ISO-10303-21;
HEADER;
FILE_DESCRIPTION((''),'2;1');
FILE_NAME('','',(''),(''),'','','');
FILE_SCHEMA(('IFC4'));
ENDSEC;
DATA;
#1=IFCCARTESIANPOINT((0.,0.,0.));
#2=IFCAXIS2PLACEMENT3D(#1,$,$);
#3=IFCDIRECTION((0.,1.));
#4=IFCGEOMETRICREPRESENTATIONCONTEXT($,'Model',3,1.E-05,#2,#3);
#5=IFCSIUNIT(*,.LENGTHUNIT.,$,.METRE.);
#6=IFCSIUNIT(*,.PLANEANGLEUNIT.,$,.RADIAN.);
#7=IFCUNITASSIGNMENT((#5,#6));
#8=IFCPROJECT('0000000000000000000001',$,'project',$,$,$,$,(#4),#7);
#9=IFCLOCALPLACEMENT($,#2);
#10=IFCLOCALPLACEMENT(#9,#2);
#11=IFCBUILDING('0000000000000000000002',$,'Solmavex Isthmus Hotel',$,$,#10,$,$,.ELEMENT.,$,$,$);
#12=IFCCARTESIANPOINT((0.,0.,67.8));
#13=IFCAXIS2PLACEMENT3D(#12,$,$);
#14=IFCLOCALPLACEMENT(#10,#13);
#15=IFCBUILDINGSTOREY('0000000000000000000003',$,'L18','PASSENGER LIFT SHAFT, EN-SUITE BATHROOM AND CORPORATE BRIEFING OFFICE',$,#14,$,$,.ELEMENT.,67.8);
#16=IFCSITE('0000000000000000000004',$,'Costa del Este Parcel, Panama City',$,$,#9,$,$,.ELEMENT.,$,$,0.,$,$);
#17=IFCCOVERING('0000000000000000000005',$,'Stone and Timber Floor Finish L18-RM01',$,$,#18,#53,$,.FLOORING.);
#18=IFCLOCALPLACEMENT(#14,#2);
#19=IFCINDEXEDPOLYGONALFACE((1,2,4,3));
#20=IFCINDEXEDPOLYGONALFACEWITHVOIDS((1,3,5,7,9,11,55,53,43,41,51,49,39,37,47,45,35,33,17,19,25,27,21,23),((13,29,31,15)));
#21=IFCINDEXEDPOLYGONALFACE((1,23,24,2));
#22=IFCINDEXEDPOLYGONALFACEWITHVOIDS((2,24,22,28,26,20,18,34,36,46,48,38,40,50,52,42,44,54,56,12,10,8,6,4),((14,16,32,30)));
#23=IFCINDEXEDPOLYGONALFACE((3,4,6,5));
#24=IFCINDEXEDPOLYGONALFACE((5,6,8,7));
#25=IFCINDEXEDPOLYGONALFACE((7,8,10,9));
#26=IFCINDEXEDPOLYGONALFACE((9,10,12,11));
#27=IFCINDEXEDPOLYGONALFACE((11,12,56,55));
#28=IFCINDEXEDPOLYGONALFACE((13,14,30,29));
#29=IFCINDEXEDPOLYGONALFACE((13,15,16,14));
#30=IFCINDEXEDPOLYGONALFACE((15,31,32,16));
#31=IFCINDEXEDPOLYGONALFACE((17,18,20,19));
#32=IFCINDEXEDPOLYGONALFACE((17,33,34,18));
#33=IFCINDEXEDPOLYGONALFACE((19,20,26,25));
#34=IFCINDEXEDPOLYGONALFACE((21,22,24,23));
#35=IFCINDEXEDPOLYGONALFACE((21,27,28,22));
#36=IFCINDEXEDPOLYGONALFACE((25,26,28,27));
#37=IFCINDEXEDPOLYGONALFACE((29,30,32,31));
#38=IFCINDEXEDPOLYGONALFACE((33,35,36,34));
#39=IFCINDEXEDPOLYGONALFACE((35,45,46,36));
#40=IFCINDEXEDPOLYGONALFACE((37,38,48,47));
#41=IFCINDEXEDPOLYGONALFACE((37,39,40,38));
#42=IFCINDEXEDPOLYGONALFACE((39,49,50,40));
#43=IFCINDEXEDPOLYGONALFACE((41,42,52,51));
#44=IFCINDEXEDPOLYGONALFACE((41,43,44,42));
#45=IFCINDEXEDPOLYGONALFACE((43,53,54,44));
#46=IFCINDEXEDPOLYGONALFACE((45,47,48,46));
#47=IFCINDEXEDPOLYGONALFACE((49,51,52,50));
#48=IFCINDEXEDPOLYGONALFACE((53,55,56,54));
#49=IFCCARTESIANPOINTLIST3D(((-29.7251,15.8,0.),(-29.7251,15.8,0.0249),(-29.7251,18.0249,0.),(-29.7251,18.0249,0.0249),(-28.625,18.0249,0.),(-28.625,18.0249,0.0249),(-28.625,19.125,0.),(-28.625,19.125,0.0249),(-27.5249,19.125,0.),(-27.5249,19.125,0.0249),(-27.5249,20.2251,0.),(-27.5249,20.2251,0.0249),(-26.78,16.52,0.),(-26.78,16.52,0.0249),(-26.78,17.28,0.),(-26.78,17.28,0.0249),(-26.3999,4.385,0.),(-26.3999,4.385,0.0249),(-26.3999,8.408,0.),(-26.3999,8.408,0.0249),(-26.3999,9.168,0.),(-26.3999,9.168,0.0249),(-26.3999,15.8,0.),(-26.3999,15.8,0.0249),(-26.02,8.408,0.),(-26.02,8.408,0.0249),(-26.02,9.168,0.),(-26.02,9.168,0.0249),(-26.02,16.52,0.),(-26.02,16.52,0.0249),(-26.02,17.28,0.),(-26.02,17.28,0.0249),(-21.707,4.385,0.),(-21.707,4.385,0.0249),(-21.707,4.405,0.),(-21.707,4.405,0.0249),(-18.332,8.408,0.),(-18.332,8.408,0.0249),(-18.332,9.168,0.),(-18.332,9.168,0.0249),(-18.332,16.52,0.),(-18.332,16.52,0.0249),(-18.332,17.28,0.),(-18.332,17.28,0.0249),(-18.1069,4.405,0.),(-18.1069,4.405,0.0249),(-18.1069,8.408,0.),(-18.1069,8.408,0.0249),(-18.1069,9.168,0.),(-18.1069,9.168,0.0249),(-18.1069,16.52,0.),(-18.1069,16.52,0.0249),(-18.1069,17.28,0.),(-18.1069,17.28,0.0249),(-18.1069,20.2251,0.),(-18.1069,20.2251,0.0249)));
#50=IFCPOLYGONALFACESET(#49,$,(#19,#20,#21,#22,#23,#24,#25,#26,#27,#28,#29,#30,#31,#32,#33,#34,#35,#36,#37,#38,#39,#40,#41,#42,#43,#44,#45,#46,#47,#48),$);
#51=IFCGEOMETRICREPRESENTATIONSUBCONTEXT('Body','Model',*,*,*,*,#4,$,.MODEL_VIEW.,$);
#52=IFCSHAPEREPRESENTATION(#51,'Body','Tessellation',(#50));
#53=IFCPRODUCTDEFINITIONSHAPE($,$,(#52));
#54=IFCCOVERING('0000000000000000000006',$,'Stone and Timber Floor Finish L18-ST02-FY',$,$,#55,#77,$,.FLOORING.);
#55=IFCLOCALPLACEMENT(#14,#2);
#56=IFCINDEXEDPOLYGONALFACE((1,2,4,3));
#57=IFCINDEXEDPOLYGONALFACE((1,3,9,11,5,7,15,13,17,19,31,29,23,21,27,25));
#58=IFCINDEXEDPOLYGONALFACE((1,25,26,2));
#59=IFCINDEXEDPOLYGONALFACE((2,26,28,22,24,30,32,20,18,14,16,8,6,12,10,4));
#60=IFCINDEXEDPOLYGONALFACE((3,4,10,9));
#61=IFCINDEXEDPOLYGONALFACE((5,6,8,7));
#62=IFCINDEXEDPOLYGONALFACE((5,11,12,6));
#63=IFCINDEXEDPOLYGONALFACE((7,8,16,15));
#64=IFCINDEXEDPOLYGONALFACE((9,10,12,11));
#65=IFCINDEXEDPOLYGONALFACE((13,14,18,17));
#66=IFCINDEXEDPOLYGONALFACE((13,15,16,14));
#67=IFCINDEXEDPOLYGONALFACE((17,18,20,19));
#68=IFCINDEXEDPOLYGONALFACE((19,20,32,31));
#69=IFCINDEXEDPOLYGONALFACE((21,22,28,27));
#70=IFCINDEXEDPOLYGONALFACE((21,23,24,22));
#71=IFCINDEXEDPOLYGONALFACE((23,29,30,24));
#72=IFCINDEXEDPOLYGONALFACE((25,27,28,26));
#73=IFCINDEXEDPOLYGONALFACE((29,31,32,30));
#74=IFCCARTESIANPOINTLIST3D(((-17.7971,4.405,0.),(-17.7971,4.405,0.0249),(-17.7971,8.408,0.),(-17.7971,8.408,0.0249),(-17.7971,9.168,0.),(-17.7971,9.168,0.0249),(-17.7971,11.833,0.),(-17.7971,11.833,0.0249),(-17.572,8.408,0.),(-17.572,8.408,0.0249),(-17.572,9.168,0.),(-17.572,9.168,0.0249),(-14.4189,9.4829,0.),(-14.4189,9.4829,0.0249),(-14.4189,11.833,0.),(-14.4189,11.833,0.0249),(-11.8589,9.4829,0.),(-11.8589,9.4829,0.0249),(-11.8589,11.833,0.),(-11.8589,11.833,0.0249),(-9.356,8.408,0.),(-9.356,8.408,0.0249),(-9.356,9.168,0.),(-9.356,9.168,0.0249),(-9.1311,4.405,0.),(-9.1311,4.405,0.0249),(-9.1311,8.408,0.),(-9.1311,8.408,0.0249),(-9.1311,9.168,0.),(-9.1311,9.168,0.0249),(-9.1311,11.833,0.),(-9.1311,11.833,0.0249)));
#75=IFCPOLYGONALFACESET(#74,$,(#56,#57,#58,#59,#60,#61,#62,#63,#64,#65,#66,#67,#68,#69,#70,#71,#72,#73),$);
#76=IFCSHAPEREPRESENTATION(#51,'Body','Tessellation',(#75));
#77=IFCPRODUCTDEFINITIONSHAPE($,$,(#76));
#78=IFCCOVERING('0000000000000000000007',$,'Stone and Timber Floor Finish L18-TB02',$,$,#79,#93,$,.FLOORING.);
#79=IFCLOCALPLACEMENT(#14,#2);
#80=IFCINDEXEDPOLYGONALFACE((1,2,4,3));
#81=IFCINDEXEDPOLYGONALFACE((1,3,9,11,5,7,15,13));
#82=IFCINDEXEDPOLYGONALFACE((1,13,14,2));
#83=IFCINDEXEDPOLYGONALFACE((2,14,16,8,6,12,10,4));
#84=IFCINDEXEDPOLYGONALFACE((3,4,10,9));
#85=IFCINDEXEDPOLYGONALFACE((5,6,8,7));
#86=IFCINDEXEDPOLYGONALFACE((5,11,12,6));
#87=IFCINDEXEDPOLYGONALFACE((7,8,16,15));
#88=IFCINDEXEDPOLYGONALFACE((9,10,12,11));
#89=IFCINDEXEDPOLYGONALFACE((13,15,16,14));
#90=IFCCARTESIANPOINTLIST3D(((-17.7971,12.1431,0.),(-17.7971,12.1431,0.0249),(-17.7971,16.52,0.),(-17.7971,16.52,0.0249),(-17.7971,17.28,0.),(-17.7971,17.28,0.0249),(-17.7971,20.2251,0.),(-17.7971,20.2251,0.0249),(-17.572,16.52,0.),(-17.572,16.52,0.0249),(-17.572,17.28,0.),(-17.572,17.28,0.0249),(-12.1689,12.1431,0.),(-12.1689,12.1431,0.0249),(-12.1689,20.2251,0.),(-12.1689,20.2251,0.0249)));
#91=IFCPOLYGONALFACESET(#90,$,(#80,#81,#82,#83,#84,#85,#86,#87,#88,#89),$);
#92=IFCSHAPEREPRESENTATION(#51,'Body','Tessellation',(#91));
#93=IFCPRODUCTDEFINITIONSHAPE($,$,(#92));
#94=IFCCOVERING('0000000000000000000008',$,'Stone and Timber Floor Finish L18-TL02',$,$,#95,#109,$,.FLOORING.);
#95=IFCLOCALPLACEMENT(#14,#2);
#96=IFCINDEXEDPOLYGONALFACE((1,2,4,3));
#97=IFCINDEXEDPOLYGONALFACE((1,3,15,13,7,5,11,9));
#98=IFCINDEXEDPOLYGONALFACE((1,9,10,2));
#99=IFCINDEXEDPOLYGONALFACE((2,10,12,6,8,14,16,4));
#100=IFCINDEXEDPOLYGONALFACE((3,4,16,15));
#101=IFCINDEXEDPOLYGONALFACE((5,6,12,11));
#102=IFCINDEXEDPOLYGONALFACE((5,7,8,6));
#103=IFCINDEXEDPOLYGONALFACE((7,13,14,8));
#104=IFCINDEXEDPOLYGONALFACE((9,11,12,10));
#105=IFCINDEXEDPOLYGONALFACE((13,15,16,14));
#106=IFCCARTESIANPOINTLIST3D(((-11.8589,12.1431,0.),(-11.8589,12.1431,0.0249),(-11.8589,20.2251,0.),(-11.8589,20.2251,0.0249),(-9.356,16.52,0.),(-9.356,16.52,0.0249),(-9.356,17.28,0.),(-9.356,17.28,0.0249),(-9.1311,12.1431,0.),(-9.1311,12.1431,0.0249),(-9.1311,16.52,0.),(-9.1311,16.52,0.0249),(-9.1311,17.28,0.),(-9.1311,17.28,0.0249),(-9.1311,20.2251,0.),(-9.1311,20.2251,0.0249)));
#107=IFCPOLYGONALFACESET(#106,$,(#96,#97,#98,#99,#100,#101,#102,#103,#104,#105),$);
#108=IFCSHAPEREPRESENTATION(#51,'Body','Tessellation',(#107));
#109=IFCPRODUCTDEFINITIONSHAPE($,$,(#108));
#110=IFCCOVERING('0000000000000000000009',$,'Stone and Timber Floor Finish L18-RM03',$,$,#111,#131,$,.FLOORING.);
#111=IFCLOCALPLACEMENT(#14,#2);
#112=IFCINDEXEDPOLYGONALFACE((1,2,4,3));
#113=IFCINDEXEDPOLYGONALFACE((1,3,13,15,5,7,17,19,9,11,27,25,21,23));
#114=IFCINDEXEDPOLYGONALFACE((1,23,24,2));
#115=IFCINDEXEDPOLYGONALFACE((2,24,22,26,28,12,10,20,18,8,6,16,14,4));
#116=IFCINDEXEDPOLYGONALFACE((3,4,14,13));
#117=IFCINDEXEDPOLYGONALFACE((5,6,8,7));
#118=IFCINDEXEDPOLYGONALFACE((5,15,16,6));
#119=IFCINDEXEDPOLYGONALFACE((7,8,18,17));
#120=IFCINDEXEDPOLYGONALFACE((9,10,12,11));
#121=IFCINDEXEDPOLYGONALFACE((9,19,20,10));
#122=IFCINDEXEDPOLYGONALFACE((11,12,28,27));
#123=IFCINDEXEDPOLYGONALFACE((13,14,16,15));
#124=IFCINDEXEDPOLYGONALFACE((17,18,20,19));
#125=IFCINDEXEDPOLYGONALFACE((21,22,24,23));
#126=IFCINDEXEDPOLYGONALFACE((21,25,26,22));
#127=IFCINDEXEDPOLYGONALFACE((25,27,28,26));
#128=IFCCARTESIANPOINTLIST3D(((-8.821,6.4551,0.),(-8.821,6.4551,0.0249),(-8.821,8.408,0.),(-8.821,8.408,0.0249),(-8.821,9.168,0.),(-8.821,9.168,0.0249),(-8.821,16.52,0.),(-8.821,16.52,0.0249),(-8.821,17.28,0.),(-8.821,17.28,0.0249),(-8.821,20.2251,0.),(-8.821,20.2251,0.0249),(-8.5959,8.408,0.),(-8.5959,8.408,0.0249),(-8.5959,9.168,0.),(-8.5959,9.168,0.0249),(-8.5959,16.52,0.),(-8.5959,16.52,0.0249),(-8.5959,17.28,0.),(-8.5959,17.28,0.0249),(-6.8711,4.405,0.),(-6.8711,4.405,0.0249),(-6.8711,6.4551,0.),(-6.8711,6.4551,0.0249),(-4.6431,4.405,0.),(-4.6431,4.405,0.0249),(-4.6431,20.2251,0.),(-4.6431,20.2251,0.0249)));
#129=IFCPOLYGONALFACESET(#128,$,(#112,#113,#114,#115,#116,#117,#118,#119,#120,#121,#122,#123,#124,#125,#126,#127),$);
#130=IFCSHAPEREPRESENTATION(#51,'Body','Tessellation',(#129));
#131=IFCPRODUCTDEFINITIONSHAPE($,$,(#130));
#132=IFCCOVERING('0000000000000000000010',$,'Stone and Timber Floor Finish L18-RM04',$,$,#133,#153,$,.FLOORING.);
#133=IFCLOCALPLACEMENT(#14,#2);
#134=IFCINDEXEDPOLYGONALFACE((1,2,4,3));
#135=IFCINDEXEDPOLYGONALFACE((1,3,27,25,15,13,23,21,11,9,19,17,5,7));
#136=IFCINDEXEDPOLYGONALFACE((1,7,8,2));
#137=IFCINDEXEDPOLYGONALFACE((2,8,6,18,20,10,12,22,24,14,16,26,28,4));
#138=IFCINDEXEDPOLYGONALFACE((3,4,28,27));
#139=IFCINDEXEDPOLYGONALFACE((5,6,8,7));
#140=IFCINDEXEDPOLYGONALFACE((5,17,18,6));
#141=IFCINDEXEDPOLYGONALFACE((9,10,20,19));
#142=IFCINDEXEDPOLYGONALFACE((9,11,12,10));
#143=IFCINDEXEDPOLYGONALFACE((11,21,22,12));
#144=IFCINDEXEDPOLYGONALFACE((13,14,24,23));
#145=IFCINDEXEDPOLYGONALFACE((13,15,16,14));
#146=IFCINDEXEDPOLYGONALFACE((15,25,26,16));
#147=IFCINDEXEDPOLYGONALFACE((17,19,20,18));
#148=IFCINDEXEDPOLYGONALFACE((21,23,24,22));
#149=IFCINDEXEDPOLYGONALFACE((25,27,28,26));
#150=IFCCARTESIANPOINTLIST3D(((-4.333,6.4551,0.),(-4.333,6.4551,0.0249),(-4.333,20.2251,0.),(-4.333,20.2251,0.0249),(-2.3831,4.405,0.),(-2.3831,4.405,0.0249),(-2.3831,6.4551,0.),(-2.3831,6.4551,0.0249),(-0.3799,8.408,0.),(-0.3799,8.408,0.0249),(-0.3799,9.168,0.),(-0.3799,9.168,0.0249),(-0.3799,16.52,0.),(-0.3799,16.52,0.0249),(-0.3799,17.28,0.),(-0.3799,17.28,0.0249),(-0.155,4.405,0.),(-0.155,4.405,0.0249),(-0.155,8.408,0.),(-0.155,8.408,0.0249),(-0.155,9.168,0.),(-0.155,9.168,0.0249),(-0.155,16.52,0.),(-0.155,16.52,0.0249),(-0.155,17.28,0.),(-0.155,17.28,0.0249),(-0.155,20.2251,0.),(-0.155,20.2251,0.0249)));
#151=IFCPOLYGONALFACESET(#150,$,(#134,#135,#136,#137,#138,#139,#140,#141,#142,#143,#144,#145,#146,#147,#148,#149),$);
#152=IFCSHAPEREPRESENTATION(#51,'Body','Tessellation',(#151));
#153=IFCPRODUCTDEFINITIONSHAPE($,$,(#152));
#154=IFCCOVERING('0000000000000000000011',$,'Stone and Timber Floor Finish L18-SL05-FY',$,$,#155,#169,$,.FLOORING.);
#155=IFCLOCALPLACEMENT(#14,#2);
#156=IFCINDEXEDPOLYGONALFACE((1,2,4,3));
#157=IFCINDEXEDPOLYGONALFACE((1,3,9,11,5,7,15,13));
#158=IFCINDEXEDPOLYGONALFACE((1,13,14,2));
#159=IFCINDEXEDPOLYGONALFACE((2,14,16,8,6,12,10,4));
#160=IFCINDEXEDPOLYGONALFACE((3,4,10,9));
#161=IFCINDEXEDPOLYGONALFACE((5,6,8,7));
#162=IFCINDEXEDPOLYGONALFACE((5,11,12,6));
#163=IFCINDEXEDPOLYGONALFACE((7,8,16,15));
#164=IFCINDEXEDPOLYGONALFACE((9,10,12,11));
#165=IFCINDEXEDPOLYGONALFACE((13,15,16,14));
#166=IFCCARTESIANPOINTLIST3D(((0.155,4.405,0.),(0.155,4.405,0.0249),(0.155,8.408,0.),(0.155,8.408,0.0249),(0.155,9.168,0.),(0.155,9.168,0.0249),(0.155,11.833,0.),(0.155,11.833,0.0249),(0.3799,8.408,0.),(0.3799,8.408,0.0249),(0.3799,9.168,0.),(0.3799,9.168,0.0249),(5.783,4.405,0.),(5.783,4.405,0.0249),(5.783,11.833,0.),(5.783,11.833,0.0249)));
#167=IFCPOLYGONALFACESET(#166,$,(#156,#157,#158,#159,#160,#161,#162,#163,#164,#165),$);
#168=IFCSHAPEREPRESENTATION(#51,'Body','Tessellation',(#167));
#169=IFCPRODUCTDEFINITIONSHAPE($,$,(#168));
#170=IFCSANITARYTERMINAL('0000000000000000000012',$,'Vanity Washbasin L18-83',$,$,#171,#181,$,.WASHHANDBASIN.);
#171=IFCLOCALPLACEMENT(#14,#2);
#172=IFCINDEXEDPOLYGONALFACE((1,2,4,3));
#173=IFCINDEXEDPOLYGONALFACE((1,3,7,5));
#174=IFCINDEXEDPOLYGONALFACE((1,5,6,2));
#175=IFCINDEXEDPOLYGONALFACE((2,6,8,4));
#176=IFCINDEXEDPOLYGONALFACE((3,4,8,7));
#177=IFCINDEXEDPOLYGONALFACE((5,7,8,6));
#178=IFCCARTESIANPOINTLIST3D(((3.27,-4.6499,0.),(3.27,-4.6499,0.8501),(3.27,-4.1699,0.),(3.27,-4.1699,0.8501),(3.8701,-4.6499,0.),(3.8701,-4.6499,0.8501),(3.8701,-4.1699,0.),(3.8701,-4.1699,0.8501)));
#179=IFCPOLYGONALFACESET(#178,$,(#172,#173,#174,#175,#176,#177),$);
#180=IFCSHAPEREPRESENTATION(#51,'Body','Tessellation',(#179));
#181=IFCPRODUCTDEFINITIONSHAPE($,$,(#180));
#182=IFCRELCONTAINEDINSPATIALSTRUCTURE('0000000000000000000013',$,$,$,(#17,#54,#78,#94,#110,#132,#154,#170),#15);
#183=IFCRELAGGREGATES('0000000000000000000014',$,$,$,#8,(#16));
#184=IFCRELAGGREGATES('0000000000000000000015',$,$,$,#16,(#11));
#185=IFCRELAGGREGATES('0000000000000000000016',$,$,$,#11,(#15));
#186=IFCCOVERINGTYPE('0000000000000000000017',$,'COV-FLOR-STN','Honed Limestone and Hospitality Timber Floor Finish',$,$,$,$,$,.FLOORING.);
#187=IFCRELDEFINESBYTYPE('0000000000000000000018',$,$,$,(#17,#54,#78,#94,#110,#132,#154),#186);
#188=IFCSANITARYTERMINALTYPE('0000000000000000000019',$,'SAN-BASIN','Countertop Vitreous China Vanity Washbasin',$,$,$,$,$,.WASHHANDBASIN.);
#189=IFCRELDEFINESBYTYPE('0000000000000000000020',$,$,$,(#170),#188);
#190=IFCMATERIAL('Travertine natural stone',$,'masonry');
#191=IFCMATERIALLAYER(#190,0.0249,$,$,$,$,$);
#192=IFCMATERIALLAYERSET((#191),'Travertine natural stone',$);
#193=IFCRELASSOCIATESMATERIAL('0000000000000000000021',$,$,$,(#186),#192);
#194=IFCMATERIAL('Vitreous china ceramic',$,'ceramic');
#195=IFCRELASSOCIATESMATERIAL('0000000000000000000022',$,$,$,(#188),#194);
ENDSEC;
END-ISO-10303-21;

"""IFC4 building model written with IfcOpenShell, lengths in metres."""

from ifc_helpers import new_model, si_unit, direction, frame, origin, origin_2d, place, context, subcontext, project, spatial, polyline, rectangle, outline, extrude, material, layer, layer_set, type_object, element, save


model = new_model("IFC4")

# Units and contexts
model_context = context("Model", 3, precision=1e-05, world=origin(), true_north=direction((0.0, 1.0)))
body_context = subcontext(model_context, "Body", "Model", "MODEL_VIEW")
ifc_project = project(units=[si_unit("LENGTHUNIT", "METRE"), si_unit("PLANEANGLEUNIT", "RADIAN")], contexts=[model_context])

# Site, building, storey
site_placement = place(None, origin())
site = spatial("IfcSite", under=ifc_project, at=site_placement, Name="Costa del Este Parcel, Panama City", CompositionType="ELEMENT", RefElevation=0.0)
building_placement = place(site_placement, origin())
building = spatial("IfcBuilding", under=site, at=building_placement, Name="Solmavex Isthmus Hotel", CompositionType="ELEMENT")
storey_placement = place(building_placement, frame((0.0, 0.0, 67.8)))
storey = spatial("IfcBuildingStorey", under=building, at=storey_placement, Name="L18", Description="PASSENGER LIFT SHAFT, EN-SUITE BATHROOM AND CORPORATE BRIEFING OFFICE", CompositionType="ELEMENT", Elevation=67.8)

# Coverings
ifc_material_1 = material(Name="Travertine natural stone", Category="masonry")
ifc_layer_1 = layer(ifc_material_1, 0.0249)
ifc_layer_set_1 = layer_set([ifc_layer_1], Name="Travertine natural stone")
covering_type_1 = type_object("IfcCoveringType", Name="COV-FLOR-STN", Description="Honed Limestone and Hospitality Timber Floor Finish", PredefinedType="FLOORING", material=ifc_layer_set_1)
covering_1_placement = place(storey_placement, origin())
element("IfcCovering", 1, at=covering_1_placement, inside=storey, type_object=covering_type_1, Name="Stone and Timber Floor Finish L18-RM01", PredefinedType="FLOORING", context=body_context, shape_type="SweptSolid", body=[
    extrude(outline(polyline([(-21.707, 4.385), (-21.707, 4.405), (-18.1069, 4.405), (-18.1069, 8.408), (-18.332, 8.408), (-18.332, 9.168), (-18.1069, 9.168), (-18.1069, 16.52), (-18.332, 16.52), (-18.332, 17.28), (-18.1069, 17.28), (-18.1069, 20.2251), (-27.5249, 20.2251), (-27.5249, 19.125), (-28.625, 19.125), (-28.625, 18.0249), (-29.7251, 18.0249), (-29.7251, 15.8), (-26.3999, 15.8), (-26.3999, 9.168), (-26.02, 9.168), (-26.02, 8.408), (-26.3999, 8.408), (-26.3999, 4.385), (-21.707, 4.385)]), holes=[polyline([(-26.78, 17.28), (-26.02, 17.28), (-26.02, 16.52), (-26.78, 16.52), (-26.78, 17.28)])]), origin(), (0.0, 0.0, 1.0), 0.0249),
])
covering_2_placement = place(storey_placement, origin())
element("IfcCovering", 2, at=covering_2_placement, inside=storey, type_object=covering_type_1, Name="Stone and Timber Floor Finish L18-ST02-FY", PredefinedType="FLOORING", context=body_context, shape_type="SweptSolid", body=[
    extrude(outline(polyline([(-17.7971, 9.168), (-17.572, 9.168), (-17.572, 8.408), (-17.7971, 8.408), (-17.7971, 4.405), (-9.1311, 4.405), (-9.1311, 8.408), (-9.356, 8.408), (-9.356, 9.168), (-9.1311, 9.168), (-9.1311, 11.833), (-11.8589, 11.833), (-11.8589, 9.4829), (-14.4189, 9.4829), (-14.4189, 11.833), (-17.7971, 11.833), (-17.7971, 9.168)])), origin(), (0.0, 0.0, 1.0), 0.0249),
])
covering_3_placement = place(storey_placement, origin())
element("IfcCovering", 3, at=covering_3_placement, inside=storey, type_object=covering_type_1, Name="Stone and Timber Floor Finish L18-TB02", PredefinedType="FLOORING", context=body_context, shape_type="SweptSolid", body=[
    extrude(outline(polyline([(-17.7971, 17.28), (-17.572, 17.28), (-17.572, 16.52), (-17.7971, 16.52), (-17.7971, 12.1431), (-12.1689, 12.1431), (-12.1689, 20.2251), (-17.7971, 20.2251), (-17.7971, 17.28)])), origin(), (0.0, 0.0, 1.0), 0.0249),
])
covering_4_placement = place(storey_placement, origin())
element("IfcCovering", 4, at=covering_4_placement, inside=storey, type_object=covering_type_1, Name="Stone and Timber Floor Finish L18-TL02", PredefinedType="FLOORING", context=body_context, shape_type="SweptSolid", body=[
    extrude(outline(polyline([(-9.1311, 16.52), (-9.356, 16.52), (-9.356, 17.28), (-9.1311, 17.28), (-9.1311, 20.2251), (-11.8589, 20.2251), (-11.8589, 12.1431), (-9.1311, 12.1431), (-9.1311, 16.52)])), origin(), (0.0, 0.0, 1.0), 0.0249),
])
covering_5_placement = place(storey_placement, origin())
element("IfcCovering", 5, at=covering_5_placement, inside=storey, type_object=covering_type_1, Name="Stone and Timber Floor Finish L18-RM03", PredefinedType="FLOORING", context=body_context, shape_type="SweptSolid", body=[
    extrude(outline(polyline([(-8.821, 9.168), (-8.5959, 9.168), (-8.5959, 8.408), (-8.821, 8.408), (-8.821, 6.4551), (-6.8711, 6.4551), (-6.8711, 4.405), (-4.6431, 4.405), (-4.6431, 20.2251), (-8.821, 20.2251), (-8.821, 17.28), (-8.5959, 17.28), (-8.5959, 16.52), (-8.821, 16.52), (-8.821, 9.168)])), origin(), (0.0, 0.0, 1.0), 0.0249),
])
covering_6_placement = place(storey_placement, origin())
element("IfcCovering", 6, at=covering_6_placement, inside=storey, type_object=covering_type_1, Name="Stone and Timber Floor Finish L18-RM04", PredefinedType="FLOORING", context=body_context, shape_type="SweptSolid", body=[
    extrude(outline(polyline([(-0.155, 16.52), (-0.3799, 16.52), (-0.3799, 17.28), (-0.155, 17.28), (-0.155, 20.2251), (-4.333, 20.2251), (-4.333, 6.4551), (-2.3831, 6.4551), (-2.3831, 4.405), (-0.155, 4.405), (-0.155, 8.408), (-0.3799, 8.408), (-0.3799, 9.168), (-0.155, 9.168), (-0.155, 16.52)])), origin(), (0.0, 0.0, 1.0), 0.0249),
])
covering_7_placement = place(storey_placement, origin())
element("IfcCovering", 7, at=covering_7_placement, inside=storey, type_object=covering_type_1, Name="Stone and Timber Floor Finish L18-SL05-FY", PredefinedType="FLOORING", context=body_context, shape_type="SweptSolid", body=[
    extrude(outline(polyline([(0.155, 9.168), (0.3799, 9.168), (0.3799, 8.408), (0.155, 8.408), (0.155, 4.405), (5.783, 4.405), (5.783, 11.833), (0.155, 11.833), (0.155, 9.168)])), origin(), (0.0, 0.0, 1.0), 0.0249),
])

# Sanitary terminal
ifc_material_2 = material(Name="Vitreous china ceramic", Category="ceramic")
sanitary_terminal_type_1 = type_object("IfcSanitaryTerminalType", Name="SAN-BASIN", Description="Countertop Vitreous China Vanity Washbasin", PredefinedType="WASHHANDBASIN", material=ifc_material_2)
sanitary_terminal_1_placement = place(storey_placement, frame((3.5701, -4.4099, 0.0), z_axis=(0.0, 0.0, 1.0), x_axis=(1.0, 0.0, 0.0)))
element("IfcSanitaryTerminal", 8, at=sanitary_terminal_1_placement, inside=storey, type_object=sanitary_terminal_type_1, Name="Vanity Washbasin L18-83", PredefinedType="WASHHANDBASIN", context=body_context, shape_type="SweptSolid", body=[
    extrude(rectangle(XDim=0.6001, YDim=0.48, at=origin_2d()), origin(), (0.0, 0.0, 1.0), 0.8501),
])

save(model, "model.ifc")
